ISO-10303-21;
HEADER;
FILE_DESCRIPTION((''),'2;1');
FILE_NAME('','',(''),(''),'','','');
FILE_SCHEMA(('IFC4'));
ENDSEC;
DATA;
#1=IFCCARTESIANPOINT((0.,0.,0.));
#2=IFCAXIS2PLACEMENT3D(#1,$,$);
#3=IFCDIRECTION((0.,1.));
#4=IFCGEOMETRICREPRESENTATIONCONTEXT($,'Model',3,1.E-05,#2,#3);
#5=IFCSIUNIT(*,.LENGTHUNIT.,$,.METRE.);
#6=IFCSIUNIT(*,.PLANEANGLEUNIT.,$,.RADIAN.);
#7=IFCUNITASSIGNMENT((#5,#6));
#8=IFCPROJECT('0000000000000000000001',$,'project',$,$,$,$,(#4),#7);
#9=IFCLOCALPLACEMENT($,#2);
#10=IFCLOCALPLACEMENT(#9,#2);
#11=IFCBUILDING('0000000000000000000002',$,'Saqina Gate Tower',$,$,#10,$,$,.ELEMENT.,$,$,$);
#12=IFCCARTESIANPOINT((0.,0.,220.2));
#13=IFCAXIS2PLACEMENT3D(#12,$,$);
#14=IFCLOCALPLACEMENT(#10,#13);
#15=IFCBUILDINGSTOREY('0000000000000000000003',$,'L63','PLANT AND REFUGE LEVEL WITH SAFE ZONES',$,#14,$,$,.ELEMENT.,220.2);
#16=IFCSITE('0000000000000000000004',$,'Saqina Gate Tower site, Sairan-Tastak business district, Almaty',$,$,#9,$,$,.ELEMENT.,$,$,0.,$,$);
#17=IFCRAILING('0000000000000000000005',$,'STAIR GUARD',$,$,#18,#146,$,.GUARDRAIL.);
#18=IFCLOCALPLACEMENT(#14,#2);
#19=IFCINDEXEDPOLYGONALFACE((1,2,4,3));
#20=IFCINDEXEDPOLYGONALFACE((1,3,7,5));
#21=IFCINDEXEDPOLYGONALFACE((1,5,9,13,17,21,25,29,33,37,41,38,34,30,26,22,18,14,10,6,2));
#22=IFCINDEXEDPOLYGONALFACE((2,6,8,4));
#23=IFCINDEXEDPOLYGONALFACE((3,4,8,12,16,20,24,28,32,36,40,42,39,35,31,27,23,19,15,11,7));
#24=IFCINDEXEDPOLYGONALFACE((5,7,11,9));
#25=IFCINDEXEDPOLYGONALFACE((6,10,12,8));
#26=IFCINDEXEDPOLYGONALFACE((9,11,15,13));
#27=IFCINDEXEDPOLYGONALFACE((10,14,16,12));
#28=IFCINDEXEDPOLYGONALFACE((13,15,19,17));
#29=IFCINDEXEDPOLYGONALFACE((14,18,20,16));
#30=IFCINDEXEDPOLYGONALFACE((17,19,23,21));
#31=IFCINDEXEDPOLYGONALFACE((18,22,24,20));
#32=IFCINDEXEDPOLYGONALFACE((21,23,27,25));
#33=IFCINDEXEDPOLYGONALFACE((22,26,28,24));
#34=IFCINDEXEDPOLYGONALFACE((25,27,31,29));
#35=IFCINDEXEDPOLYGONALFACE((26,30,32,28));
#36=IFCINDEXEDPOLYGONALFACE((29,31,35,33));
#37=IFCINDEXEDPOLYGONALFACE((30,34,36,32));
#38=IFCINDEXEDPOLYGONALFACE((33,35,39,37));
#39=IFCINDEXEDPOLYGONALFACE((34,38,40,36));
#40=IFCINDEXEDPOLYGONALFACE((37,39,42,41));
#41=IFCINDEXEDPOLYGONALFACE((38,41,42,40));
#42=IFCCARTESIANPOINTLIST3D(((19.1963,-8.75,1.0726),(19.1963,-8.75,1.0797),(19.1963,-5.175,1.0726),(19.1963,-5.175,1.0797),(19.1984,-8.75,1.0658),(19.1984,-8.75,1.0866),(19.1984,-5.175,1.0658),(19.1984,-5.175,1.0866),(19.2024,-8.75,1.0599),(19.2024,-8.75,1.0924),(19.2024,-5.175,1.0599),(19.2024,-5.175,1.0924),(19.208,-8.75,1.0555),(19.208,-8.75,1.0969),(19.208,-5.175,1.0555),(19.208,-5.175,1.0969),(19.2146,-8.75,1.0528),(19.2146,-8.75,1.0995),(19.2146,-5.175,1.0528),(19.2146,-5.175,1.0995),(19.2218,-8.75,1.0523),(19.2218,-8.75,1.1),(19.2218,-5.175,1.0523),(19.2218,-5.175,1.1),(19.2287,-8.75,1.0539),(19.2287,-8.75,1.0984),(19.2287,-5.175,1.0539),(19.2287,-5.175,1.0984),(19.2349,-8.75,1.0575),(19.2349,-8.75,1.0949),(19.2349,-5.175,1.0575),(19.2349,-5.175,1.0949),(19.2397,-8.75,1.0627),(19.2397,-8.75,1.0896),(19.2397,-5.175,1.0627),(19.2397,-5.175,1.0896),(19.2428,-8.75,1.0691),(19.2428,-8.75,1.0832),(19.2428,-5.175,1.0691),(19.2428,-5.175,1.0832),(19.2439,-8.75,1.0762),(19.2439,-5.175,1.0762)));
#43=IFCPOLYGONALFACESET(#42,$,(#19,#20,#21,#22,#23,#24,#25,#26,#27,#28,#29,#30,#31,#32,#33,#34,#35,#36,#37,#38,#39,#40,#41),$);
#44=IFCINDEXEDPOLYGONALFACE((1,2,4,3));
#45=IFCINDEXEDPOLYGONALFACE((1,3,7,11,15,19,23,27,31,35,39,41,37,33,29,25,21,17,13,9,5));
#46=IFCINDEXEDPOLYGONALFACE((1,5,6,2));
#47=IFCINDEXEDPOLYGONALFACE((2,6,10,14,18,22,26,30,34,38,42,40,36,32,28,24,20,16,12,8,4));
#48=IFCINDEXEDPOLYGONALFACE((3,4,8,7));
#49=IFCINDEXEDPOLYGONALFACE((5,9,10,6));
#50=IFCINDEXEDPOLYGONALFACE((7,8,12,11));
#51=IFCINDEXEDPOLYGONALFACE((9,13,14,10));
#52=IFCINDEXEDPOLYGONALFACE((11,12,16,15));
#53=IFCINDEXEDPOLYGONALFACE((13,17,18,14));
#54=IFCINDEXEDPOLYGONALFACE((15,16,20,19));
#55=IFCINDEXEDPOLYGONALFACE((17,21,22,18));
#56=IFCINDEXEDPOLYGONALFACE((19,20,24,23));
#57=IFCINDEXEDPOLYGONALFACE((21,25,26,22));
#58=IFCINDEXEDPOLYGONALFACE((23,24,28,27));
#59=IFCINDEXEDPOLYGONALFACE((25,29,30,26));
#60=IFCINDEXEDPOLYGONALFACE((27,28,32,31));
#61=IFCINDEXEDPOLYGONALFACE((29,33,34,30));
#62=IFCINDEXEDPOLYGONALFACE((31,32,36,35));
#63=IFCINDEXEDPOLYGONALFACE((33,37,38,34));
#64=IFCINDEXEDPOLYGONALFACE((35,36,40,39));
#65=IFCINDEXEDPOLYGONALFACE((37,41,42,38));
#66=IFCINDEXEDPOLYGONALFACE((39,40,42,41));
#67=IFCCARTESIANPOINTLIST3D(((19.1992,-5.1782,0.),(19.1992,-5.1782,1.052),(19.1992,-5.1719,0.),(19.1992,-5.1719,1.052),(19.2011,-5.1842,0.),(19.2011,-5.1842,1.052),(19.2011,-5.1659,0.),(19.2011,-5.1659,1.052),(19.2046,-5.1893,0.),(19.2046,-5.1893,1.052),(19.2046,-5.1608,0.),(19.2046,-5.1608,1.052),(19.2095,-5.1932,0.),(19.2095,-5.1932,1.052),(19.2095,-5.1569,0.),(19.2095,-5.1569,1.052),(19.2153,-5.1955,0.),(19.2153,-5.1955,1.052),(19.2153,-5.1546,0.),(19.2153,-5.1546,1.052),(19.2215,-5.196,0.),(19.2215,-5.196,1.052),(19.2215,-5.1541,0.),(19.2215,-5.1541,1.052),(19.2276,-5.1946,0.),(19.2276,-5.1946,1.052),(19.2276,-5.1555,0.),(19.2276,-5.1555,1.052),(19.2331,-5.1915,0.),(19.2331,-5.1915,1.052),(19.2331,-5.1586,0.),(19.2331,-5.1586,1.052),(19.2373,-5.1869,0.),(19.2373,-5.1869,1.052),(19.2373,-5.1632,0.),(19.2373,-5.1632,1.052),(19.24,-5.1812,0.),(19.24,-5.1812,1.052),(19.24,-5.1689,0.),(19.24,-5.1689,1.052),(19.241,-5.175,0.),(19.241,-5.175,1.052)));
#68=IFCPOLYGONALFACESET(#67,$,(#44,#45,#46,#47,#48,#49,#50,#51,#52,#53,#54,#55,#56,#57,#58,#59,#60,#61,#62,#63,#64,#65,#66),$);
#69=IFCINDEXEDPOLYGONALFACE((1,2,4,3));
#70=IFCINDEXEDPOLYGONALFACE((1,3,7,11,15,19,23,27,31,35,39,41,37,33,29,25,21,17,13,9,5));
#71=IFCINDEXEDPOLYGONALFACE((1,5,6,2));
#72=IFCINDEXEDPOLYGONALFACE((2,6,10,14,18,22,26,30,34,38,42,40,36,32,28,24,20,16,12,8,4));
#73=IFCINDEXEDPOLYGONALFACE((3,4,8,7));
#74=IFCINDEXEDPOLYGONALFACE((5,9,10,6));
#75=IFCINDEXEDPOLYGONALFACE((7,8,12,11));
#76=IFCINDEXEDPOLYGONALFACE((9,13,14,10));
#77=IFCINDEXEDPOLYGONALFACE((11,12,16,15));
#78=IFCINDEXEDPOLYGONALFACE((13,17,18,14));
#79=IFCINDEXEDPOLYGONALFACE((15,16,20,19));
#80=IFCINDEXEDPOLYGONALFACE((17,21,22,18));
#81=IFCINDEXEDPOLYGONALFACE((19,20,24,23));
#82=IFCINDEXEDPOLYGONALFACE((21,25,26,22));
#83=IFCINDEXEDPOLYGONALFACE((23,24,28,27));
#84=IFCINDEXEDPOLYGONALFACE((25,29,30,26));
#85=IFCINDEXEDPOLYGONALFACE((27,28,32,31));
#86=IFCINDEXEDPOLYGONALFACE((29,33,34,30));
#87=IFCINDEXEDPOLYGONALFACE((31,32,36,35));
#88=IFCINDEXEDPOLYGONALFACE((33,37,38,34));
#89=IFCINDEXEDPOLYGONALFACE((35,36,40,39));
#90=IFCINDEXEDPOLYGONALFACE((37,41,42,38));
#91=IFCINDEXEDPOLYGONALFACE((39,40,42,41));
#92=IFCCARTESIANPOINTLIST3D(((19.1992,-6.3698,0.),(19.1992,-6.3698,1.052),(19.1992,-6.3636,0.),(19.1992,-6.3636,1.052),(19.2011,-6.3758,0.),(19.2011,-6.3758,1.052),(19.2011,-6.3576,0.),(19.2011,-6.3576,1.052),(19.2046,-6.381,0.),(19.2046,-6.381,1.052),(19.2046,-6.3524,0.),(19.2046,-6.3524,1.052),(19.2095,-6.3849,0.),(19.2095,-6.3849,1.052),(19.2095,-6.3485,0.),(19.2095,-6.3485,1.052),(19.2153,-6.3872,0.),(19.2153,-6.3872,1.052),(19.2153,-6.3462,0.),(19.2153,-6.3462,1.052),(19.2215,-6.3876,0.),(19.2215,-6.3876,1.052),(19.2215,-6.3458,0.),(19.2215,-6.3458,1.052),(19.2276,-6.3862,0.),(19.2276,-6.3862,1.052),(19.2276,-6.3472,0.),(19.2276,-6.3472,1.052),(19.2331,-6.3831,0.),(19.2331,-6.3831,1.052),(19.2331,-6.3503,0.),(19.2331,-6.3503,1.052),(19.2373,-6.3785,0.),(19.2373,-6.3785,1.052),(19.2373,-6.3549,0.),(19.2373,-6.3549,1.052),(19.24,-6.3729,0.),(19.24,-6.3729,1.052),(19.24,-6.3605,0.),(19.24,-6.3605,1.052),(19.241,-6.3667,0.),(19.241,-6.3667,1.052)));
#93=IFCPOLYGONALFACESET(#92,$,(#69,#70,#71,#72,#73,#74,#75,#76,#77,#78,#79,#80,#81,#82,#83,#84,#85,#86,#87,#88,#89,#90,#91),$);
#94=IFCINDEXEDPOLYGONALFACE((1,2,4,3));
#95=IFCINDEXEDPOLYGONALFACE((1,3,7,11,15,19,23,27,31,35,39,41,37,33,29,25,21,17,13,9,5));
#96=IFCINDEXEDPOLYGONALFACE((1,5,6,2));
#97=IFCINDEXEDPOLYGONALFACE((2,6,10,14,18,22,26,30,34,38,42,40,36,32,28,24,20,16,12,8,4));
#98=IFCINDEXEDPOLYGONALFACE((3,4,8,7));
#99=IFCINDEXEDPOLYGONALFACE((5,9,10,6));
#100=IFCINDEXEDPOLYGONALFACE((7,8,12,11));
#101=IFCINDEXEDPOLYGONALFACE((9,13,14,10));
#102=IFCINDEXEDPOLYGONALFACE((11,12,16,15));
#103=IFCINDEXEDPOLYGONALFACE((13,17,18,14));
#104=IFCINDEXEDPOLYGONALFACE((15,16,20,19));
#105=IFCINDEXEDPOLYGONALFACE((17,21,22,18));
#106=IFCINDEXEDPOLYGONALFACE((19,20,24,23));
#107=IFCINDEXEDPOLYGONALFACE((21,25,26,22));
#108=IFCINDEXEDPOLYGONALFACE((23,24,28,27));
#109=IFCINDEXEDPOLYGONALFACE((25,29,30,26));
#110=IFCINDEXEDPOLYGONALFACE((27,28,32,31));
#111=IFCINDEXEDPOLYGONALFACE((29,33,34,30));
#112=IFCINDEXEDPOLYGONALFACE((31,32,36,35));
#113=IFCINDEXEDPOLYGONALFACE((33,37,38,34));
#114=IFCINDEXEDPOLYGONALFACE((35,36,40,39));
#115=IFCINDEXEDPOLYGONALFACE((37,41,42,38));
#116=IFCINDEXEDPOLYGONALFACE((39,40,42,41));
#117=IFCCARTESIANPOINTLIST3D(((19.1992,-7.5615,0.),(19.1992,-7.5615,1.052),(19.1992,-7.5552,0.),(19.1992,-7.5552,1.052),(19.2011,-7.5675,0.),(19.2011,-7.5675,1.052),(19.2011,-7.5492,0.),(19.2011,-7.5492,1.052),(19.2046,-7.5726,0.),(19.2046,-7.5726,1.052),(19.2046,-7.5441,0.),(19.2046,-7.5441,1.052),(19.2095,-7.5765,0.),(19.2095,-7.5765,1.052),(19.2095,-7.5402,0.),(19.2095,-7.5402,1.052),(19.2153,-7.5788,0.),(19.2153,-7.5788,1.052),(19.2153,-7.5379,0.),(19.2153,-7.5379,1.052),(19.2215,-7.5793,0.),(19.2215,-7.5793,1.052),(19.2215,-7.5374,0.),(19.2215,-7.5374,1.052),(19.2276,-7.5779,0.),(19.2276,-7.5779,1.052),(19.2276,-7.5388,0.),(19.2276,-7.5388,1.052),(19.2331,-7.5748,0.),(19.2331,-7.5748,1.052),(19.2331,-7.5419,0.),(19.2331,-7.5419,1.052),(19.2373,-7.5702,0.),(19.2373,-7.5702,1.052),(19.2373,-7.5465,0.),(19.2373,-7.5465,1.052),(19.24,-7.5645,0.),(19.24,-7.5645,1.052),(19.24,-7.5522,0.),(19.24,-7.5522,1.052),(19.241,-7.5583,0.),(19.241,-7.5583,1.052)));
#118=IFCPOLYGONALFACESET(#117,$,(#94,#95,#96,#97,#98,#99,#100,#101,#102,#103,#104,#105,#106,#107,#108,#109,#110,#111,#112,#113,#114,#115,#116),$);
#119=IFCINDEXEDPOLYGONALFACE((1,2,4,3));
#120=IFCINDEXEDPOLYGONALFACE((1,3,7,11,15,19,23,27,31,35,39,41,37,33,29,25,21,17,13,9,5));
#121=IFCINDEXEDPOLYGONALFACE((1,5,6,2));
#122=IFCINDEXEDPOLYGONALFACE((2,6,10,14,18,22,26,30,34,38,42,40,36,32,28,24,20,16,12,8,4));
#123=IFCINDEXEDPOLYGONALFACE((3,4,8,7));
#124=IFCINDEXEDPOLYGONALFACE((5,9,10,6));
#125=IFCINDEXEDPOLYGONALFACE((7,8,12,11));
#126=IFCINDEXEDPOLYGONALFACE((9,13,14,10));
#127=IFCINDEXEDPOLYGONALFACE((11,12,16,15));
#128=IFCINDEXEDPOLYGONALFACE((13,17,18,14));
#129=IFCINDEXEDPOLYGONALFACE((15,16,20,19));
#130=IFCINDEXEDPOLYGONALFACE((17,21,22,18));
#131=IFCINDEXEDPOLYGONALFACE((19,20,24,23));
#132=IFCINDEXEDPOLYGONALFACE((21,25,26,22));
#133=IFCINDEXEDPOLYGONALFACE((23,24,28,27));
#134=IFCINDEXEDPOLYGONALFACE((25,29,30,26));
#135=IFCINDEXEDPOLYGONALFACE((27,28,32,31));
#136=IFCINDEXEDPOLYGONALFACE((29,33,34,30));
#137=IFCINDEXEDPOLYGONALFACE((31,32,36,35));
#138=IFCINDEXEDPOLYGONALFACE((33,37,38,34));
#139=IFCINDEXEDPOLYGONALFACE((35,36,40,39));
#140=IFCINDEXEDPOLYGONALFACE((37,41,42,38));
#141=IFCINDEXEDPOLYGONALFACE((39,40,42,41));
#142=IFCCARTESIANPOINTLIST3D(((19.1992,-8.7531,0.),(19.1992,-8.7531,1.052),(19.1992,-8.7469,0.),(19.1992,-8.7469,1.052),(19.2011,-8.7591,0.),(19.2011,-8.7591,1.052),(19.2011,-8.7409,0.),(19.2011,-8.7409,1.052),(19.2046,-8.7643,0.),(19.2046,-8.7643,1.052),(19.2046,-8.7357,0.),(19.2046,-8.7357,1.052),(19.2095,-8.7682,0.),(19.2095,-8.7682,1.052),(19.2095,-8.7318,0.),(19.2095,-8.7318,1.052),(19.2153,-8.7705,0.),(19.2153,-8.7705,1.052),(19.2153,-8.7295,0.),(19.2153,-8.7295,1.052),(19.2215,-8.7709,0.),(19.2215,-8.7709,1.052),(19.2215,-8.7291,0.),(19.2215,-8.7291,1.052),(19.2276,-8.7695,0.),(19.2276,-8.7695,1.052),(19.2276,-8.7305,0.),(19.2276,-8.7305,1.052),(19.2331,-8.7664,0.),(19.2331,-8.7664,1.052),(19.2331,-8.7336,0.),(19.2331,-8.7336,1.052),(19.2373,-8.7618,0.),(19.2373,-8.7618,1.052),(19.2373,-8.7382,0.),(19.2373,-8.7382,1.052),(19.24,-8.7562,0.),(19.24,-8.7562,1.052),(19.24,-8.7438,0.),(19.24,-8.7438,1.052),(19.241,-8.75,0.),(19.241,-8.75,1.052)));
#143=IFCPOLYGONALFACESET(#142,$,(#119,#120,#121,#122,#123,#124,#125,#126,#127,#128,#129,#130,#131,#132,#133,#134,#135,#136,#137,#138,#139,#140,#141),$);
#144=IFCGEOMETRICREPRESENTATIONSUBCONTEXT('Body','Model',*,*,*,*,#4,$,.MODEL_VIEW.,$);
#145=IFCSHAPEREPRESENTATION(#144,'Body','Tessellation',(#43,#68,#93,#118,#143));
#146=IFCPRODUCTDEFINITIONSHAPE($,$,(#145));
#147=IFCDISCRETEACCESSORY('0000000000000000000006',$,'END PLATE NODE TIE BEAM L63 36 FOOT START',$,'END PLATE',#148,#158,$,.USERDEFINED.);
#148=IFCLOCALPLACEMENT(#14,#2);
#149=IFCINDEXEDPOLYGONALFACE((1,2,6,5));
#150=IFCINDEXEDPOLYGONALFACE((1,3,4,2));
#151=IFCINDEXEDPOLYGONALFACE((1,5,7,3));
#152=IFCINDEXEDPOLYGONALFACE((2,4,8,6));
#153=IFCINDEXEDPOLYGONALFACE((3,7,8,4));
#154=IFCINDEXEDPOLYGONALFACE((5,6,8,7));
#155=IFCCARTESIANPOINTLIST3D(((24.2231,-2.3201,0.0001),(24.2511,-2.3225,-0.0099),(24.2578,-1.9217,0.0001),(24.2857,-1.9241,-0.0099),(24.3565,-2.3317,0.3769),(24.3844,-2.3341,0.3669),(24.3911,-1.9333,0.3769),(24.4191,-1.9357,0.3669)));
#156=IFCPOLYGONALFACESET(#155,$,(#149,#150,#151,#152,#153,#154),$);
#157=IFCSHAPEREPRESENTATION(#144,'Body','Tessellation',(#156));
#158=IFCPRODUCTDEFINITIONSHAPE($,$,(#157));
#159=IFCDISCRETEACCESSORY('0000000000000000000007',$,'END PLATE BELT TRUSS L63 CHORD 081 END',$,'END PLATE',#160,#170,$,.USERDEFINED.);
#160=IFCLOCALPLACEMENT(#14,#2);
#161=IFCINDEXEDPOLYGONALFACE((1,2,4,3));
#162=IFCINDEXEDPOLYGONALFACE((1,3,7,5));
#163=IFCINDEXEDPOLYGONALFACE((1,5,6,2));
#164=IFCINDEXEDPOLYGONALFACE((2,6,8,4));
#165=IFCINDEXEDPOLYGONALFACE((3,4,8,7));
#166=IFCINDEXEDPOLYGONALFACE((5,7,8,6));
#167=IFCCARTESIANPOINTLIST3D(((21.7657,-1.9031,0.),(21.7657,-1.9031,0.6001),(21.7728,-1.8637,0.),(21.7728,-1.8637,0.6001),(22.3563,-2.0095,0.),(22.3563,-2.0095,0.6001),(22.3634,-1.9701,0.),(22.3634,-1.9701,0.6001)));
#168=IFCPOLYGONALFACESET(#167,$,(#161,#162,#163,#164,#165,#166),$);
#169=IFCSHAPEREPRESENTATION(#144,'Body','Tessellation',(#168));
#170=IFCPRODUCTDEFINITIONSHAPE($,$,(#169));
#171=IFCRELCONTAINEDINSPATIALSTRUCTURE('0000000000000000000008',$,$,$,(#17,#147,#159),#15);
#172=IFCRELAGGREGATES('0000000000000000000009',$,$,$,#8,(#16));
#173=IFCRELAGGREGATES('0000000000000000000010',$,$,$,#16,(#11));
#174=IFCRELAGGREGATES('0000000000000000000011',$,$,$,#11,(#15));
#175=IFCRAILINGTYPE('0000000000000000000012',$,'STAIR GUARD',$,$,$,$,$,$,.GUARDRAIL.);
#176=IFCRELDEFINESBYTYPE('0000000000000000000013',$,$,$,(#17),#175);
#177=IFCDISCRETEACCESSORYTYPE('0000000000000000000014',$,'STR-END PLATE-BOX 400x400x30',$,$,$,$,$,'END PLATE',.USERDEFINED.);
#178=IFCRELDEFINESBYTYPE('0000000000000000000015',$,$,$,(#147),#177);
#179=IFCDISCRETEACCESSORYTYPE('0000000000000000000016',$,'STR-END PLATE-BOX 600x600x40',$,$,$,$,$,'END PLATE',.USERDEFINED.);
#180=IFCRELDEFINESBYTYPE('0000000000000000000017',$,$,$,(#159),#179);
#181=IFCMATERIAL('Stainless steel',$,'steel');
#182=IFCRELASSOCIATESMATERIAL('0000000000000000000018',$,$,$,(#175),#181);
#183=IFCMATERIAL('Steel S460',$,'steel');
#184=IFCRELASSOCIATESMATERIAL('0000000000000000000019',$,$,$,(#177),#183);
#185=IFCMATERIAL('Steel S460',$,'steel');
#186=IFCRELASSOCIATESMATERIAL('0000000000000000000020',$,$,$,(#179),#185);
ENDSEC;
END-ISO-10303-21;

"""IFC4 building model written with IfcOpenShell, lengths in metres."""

from ifc_helpers import new_model, si_unit, direction, frame, origin, origin_2d, place, context, subcontext, project, spatial, rectangle, circle, extrude, material, material_profile, profile_set, type_object, element, save


model = new_model("IFC4")

# Units and contexts
model_context = context("Model", 3, precision=1e-05, world=origin(), true_north=direction((0.0, 1.0)))
body_context = subcontext(model_context, "Body", "Model", "MODEL_VIEW")
ifc_project = project(units=[si_unit("LENGTHUNIT", "METRE"), si_unit("PLANEANGLEUNIT", "RADIAN")], contexts=[model_context])

# Site, building, storey
site_placement = place(None, origin())
site = spatial("IfcSite", under=ifc_project, at=site_placement, Name="Saqina Gate Tower site, Sairan-Tastak business district, Almaty", CompositionType="ELEMENT", RefElevation=0.0)
building_placement = place(site_placement, origin())
building = spatial("IfcBuilding", under=site, at=building_placement, Name="Saqina Gate Tower", CompositionType="ELEMENT")
storey_placement = place(building_placement, frame((0.0, 0.0, 220.2)))
storey = spatial("IfcBuildingStorey", under=building, at=storey_placement, Name="L63", Description="PLANT AND REFUGE LEVEL WITH SAFE ZONES", CompositionType="ELEMENT", Elevation=220.2)

# Railing
ifc_material_1 = material(Name="Stainless steel", Category="steel")
railing_type = type_object("IfcRailingType", Name="STAIR GUARD", PredefinedType="GUARDRAIL", material=ifc_material_1)
railing_placement = place(storey_placement, frame((19.22, -5.175, 0.0)))
element("IfcRailing", 1, at=railing_placement, inside=storey, type_object=railing_type, Name="STAIR GUARD", PredefinedType="GUARDRAIL", context=body_context, shape_type="SweptSolid", body=[
    extrude(circle(Radius=0.0239, at=origin_2d()), frame((0.0, 0.0, 1.0762), z_axis=(0.0, -1.0, 0.0), x_axis=(1.0, 0.0, 0.0)), (0.0, 0.0, 1.0), 3.575),
    extrude(circle(Radius=0.021, at=origin_2d()), origin(), (0.0, 0.0, 1.0), 1.052),
    extrude(circle(Radius=0.021, at=origin_2d()), frame((0.0, -1.1917, 0.0)), (0.0, 0.0, 1.0), 1.052),
    extrude(circle(Radius=0.021, at=origin_2d()), frame((0.0, -2.3833, 0.0)), (0.0, 0.0, 1.0), 1.052),
    extrude(circle(Radius=0.021, at=origin_2d()), frame((0.0, -3.575, 0.0)), (0.0, 0.0, 1.0), 1.052),
])

# Discrete accessories
ifc_material_2 = material(Name="Steel S460", Category="steel")
ifc_material_profile_1 = material_profile(ifc_material_2, rectangle(XDim=0.3999, YDim=0.3999, at=origin_2d()), Name="STR-END PLATE-BOX 400x400x30")
ifc_profile_set_1 = profile_set([ifc_material_profile_1], Name="Steel S460")
discrete_accessory_type_1 = type_object("IfcDiscreteAccessoryType", Name="STR-END PLATE-BOX 400x400x30", ElementType="END PLATE", PredefinedType="USERDEFINED", material=ifc_profile_set_1)
discrete_accessory_1_placement = place(storey_placement, frame((24.3071, -2.1267, 0.1885), z_axis=(0.938783, -0.081633, -0.334697), x_axis=(-0.08663, -0.996241, 0.0)))
element("IfcDiscreteAccessory", 2, at=discrete_accessory_1_placement, inside=storey, type_object=discrete_accessory_type_1, Name="END PLATE NODE TIE BEAM L63 36 FOOT START", ObjectType="END PLATE", PredefinedType="USERDEFINED", context=body_context, shape_type="SweptSolid", body=[
    extrude(rectangle(XDim=0.3999, YDim=0.3999, at=origin_2d()), origin(), (0.0, 0.0, 1.0), 0.0298),
])
ifc_material_3 = material(Name="Steel S460", Category="steel")
ifc_material_profile_2 = material_profile(ifc_material_3, rectangle(XDim=0.6001, YDim=0.6001, at=origin_2d()), Name="STR-END PLATE-BOX 600x600x40")
ifc_profile_set_2 = profile_set([ifc_material_profile_2], Name="Steel S460")
discrete_accessory_type_2 = type_object("IfcDiscreteAccessoryType", Name="STR-END PLATE-BOX 600x600x40", ElementType="END PLATE", PredefinedType="USERDEFINED", material=ifc_profile_set_2)
discrete_accessory_2_placement = place(storey_placement, frame((22.061, -1.9563, 0.3), z_axis=(0.177271, 0.984162, 0.0), x_axis=(-0.984162, 0.177271, 0.0)))
element("IfcDiscreteAccessory", 3, at=discrete_accessory_2_placement, inside=storey, type_object=discrete_accessory_type_2, Name="END PLATE BELT TRUSS L63 CHORD 081 END", ObjectType="END PLATE", PredefinedType="USERDEFINED", context=body_context, shape_type="SweptSolid", body=[
    extrude(rectangle(XDim=0.6001, YDim=0.6001, at=origin_2d()), origin(), (0.0, 0.0, 1.0), 0.04),
])

save(model, "model.ifc")
